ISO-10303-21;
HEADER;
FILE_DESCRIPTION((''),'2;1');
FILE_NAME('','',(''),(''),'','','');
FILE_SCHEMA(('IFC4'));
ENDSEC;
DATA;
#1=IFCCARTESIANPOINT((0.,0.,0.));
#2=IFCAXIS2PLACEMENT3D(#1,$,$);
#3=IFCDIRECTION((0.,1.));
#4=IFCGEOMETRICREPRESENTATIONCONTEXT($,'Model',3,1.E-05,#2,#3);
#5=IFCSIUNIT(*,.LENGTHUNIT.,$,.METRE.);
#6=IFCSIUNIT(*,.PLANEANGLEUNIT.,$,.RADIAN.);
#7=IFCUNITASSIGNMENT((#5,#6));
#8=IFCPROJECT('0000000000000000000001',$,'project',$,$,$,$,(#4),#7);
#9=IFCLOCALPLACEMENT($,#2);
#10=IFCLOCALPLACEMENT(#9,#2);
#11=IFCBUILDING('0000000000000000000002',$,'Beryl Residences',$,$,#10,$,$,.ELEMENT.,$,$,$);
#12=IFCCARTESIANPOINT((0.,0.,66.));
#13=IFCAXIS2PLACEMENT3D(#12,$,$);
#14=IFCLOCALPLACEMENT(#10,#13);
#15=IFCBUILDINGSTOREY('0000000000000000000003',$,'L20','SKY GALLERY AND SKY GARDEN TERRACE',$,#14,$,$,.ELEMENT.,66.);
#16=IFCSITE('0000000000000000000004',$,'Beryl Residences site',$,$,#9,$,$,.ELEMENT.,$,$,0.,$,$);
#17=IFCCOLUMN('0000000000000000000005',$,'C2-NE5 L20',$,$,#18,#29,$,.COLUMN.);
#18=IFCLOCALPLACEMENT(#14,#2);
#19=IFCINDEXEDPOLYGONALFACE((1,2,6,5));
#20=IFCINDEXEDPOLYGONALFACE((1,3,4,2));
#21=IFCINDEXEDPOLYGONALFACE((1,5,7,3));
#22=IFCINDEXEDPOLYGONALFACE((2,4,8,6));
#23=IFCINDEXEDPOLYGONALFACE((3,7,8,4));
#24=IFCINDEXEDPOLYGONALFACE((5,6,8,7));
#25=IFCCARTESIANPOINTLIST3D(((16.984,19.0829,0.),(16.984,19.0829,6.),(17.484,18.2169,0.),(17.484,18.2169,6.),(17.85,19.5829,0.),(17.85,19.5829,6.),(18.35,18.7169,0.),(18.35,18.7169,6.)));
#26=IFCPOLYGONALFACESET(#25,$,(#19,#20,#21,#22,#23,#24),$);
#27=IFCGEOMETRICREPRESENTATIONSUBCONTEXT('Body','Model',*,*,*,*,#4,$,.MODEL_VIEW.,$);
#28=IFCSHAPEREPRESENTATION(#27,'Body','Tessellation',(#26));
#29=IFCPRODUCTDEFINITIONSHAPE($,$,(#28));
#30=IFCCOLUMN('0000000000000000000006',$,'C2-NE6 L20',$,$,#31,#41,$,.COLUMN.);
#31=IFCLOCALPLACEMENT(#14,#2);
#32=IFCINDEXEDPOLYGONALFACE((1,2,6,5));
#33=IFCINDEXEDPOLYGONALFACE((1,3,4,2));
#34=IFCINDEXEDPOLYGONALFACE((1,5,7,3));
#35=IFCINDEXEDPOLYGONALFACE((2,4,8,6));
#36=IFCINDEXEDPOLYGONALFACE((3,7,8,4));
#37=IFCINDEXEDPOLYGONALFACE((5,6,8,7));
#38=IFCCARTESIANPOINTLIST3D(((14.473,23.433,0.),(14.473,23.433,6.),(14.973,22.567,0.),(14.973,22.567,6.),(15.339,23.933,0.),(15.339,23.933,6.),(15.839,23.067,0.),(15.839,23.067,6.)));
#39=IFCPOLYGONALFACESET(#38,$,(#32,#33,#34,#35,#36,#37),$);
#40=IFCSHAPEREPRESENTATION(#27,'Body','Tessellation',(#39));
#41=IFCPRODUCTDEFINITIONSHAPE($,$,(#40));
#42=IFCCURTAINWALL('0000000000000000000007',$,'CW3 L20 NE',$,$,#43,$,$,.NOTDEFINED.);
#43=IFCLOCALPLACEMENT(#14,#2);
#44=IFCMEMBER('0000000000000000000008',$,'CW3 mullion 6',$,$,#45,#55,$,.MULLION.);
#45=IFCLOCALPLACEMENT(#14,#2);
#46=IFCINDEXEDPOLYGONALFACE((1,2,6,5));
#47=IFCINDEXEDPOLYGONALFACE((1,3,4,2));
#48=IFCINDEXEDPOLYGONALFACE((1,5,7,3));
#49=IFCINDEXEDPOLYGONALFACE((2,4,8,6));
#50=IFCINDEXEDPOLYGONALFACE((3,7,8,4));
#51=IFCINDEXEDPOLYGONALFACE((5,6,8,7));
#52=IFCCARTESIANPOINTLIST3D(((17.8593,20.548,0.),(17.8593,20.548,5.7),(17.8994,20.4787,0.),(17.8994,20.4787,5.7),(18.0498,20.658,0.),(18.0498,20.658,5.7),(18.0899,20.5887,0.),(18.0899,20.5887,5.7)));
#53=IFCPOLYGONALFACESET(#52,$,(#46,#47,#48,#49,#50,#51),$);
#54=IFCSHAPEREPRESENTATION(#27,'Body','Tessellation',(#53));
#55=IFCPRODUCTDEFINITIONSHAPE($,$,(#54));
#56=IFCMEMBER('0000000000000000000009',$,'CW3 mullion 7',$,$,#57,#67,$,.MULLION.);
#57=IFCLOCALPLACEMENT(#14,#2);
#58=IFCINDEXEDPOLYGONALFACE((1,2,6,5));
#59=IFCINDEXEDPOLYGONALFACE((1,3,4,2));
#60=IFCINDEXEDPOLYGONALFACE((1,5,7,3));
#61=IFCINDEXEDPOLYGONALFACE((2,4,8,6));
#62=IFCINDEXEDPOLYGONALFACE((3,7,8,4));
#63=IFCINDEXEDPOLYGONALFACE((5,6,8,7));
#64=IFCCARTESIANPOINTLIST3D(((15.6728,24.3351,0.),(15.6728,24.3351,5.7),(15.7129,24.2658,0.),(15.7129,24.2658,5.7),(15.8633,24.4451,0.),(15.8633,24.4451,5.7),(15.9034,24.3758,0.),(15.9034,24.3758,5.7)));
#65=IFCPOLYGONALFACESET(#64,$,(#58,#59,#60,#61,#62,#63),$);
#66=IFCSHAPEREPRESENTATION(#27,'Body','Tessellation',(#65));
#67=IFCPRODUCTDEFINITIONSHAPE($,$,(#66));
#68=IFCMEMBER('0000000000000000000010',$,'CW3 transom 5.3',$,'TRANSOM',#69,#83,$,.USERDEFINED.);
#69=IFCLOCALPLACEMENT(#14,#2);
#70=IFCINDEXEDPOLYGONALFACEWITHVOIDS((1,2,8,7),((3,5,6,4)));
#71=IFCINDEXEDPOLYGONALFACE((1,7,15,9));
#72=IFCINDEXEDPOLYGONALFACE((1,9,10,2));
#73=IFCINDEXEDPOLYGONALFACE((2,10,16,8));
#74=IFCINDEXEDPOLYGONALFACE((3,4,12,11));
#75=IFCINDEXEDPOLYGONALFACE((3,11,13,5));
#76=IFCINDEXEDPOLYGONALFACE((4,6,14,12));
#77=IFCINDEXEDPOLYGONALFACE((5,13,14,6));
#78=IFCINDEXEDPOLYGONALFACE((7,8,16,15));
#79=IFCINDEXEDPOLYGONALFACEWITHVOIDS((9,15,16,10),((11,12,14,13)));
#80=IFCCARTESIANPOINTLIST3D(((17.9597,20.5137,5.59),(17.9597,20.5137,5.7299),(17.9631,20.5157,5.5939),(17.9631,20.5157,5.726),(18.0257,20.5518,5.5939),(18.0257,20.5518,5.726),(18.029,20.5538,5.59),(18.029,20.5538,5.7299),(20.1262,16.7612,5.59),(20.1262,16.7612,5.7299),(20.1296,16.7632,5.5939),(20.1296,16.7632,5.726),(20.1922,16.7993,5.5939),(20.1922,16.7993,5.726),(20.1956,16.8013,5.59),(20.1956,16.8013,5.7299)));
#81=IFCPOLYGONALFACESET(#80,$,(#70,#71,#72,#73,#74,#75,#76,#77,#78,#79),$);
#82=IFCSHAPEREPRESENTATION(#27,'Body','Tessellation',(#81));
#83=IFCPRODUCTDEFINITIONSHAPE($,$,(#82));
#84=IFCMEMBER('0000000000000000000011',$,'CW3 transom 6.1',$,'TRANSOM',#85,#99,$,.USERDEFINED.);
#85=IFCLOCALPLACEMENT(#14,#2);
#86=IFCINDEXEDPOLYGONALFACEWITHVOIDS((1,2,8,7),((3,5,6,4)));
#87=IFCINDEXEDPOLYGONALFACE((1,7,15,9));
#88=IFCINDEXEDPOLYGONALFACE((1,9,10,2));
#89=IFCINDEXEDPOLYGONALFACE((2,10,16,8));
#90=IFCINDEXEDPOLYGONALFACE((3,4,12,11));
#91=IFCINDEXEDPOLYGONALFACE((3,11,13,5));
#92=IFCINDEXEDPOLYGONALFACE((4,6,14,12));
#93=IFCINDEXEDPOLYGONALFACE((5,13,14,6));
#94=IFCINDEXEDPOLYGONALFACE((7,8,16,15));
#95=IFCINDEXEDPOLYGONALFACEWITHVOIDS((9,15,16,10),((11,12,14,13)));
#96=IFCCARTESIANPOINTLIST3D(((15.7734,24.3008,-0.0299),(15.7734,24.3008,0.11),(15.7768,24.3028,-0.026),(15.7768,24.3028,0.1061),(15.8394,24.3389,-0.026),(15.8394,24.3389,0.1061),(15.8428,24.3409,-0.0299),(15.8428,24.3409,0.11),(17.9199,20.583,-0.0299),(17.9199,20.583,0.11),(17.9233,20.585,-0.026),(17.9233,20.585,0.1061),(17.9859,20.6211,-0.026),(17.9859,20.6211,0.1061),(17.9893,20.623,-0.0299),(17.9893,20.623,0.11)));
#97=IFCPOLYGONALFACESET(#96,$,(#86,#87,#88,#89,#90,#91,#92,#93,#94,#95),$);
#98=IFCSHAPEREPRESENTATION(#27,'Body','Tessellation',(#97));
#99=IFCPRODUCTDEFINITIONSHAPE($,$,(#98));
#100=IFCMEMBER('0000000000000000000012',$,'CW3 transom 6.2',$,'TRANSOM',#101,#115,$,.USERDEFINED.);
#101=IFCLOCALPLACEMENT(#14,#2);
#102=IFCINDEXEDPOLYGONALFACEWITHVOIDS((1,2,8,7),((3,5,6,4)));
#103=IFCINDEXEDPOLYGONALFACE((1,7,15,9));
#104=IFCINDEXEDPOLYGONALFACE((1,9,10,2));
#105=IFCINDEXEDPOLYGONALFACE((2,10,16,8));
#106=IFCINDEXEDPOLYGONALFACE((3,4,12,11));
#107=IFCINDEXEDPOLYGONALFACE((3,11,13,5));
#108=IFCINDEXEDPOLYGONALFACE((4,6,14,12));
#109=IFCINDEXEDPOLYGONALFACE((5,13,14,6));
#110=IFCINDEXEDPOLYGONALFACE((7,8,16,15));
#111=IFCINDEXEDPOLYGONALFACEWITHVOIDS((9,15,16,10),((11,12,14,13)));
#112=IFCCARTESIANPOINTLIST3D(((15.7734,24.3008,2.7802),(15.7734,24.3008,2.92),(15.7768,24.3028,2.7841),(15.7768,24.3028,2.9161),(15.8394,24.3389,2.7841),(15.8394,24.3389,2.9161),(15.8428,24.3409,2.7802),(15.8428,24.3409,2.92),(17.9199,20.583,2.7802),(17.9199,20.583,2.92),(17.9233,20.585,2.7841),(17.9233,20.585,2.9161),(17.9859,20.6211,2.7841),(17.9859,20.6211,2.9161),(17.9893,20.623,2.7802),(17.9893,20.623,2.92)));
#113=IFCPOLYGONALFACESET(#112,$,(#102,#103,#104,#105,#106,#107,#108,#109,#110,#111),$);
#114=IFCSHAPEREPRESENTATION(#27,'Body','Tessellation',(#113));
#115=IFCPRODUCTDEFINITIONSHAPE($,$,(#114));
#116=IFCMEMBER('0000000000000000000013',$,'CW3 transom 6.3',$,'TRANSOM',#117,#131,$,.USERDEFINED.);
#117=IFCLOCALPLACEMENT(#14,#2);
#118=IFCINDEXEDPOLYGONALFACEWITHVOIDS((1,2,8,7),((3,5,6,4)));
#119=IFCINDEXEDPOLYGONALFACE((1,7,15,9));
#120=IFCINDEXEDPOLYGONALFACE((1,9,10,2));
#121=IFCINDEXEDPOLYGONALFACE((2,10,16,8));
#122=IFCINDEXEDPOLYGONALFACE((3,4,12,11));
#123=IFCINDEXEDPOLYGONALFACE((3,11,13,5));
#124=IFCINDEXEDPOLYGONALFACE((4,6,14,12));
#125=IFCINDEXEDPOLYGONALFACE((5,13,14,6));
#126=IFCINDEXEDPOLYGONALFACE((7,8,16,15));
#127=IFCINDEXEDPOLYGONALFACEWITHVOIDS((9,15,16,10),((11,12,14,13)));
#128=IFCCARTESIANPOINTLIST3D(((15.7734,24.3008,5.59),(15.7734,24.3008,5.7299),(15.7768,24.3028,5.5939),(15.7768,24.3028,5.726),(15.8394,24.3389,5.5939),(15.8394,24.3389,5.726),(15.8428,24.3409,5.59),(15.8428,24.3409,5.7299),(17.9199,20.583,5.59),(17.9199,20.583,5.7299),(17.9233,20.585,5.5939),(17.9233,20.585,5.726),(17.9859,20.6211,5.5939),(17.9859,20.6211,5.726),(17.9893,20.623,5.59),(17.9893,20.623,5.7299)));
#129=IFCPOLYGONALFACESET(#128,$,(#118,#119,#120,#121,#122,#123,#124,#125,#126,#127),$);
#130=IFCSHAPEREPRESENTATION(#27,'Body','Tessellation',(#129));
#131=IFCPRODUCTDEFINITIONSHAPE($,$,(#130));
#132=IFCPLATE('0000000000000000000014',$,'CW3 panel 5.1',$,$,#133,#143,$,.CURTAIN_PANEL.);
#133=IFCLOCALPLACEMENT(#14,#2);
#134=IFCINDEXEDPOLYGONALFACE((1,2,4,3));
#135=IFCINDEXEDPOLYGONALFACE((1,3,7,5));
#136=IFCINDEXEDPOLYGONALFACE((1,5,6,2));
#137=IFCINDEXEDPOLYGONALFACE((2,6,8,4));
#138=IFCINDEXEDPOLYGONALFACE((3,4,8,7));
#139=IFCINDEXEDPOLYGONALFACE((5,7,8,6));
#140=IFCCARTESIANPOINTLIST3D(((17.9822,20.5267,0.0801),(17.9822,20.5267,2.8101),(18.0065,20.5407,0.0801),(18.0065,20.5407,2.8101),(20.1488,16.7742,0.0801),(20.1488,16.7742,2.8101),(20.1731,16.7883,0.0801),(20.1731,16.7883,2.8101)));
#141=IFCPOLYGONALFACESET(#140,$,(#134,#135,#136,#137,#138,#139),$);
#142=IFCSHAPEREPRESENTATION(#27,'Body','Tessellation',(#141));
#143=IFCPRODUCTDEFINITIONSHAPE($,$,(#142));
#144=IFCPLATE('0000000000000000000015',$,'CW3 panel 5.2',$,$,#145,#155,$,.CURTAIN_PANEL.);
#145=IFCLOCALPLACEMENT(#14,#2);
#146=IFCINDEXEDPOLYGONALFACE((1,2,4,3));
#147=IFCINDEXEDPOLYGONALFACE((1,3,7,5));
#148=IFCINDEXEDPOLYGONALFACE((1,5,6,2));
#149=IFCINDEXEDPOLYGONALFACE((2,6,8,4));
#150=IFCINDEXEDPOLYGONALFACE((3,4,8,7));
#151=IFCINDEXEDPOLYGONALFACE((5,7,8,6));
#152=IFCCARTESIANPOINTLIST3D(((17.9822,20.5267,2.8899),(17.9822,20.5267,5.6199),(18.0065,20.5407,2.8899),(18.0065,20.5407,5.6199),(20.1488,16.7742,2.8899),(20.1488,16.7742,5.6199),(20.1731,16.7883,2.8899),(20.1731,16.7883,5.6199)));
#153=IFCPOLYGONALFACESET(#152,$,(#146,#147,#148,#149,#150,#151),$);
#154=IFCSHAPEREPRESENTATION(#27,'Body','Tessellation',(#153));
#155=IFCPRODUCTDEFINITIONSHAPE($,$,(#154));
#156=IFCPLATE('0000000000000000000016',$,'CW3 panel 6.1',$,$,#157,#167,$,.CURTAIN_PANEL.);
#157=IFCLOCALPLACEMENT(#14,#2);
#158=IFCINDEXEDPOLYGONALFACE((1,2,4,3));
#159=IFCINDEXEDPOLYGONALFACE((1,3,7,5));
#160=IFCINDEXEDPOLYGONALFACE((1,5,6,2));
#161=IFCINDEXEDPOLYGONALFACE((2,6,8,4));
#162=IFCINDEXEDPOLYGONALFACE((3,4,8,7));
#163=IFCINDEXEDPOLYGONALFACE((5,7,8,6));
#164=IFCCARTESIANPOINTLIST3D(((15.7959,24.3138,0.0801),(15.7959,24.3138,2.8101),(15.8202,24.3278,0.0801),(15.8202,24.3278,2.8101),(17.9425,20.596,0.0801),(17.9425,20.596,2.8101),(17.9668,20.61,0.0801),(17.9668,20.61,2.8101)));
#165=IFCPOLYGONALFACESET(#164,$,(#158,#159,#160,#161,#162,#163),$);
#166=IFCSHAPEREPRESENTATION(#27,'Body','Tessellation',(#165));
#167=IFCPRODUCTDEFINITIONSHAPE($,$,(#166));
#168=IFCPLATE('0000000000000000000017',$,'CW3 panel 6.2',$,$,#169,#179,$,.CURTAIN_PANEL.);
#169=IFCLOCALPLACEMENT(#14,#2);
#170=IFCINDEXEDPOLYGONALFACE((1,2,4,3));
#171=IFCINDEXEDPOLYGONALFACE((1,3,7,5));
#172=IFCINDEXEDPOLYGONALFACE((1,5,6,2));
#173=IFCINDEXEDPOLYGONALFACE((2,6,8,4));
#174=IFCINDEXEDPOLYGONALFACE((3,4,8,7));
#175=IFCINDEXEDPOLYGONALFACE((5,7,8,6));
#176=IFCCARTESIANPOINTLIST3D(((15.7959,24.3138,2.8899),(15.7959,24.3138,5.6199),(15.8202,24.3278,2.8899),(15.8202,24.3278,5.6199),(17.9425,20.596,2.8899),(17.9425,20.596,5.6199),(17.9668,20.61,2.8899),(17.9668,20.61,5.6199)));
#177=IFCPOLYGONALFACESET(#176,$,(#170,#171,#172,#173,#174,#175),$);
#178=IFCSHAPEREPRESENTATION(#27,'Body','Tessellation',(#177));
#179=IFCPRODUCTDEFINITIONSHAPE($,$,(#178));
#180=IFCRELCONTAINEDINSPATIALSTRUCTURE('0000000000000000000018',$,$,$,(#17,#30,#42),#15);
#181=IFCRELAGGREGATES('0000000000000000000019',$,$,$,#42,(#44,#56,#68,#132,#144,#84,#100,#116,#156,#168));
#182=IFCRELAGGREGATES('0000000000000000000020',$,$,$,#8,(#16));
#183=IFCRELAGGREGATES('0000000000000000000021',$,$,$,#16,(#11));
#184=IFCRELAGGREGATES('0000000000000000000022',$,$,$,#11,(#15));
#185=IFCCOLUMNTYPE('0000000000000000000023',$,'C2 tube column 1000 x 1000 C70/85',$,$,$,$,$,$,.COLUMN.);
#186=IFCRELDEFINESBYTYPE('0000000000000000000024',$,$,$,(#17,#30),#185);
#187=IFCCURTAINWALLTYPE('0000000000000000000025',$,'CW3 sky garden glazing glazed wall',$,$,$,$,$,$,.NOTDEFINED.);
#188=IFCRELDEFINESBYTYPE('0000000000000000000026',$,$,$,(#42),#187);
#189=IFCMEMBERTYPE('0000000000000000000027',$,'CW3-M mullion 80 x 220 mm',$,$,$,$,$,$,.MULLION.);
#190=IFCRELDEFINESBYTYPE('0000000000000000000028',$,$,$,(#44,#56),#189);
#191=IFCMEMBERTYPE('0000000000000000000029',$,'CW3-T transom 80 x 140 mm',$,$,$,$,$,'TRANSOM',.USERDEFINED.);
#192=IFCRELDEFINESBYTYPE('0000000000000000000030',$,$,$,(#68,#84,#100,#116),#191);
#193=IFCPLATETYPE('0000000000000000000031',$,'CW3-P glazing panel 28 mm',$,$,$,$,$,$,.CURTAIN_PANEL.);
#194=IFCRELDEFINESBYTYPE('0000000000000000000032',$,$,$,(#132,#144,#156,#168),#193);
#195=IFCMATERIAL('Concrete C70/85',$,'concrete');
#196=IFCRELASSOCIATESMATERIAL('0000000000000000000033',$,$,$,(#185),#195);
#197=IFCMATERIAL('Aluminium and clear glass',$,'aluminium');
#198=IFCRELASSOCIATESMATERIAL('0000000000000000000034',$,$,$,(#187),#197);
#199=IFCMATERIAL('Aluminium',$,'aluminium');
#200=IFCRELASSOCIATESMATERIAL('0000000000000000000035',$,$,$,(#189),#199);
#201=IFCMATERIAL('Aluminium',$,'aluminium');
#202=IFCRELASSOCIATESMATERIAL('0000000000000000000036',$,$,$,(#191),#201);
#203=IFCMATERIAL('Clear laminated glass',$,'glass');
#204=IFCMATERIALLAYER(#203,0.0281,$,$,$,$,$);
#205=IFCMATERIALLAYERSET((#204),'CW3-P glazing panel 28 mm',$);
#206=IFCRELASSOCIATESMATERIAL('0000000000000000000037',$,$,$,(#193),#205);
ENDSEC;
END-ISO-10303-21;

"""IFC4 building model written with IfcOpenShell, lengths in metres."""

from ifc_helpers import new_model, si_unit, direction, frame, origin, origin_2d, place, context, subcontext, project, spatial, rectangle, hollow_rectangle, extrude, material, layer, layer_set, material_profile, profile_set, type_object, element, aggregate, save


model = new_model("IFC4")

# Units and contexts
model_context = context("Model", 3, precision=1e-05, world=origin(), true_north=direction((0.0, 1.0)))
body_context = subcontext(model_context, "Body", "Model", "MODEL_VIEW")
ifc_project = project(units=[si_unit("LENGTHUNIT", "METRE"), si_unit("PLANEANGLEUNIT", "RADIAN")], contexts=[model_context])

# Site, building, storey
site_placement = place(None, origin())
site = spatial("IfcSite", under=ifc_project, at=site_placement, Name="Beryl Residences site", CompositionType="ELEMENT", RefElevation=0.0)
building_placement = place(site_placement, origin())
building = spatial("IfcBuilding", under=site, at=building_placement, Name="Beryl Residences", CompositionType="ELEMENT")
storey_placement = place(building_placement, frame((0.0, 0.0, 66.0)))
storey = spatial("IfcBuildingStorey", under=building, at=storey_placement, Name="L20", Description="SKY GALLERY AND SKY GARDEN TERRACE", CompositionType="ELEMENT", Elevation=66.0)

# Columns
ifc_material_1 = material(Name="Concrete C70/85", Category="concrete")
ifc_material_profile_1 = material_profile(ifc_material_1, rectangle(XDim=1.0, YDim=1.0, at=origin_2d()))
ifc_profile_set_1 = profile_set([ifc_material_profile_1], Name="Concrete C70/85")
column_type = type_object("IfcColumnType", Name="C2 tube column 1000 x 1000 C70/85", PredefinedType="COLUMN", material=ifc_profile_set_1)
for number, where, z_axis, x_axis, name in (
    (1, (17.667, 18.8999, 0.0), (0.0, 0.0, 1.0), (-0.5, 0.866025, 0.0), "C2-NE5 L20"),
    (2, (15.156, 23.25, 0.0), (0.0, 0.0, 1.0), (-0.5, 0.866025, 0.0), "C2-NE6 L20"),
):
    element("IfcColumn", number, at=place(storey_placement, frame(where, z_axis=z_axis, x_axis=x_axis)), inside=storey, type_object=column_type, Name=name, PredefinedType="COLUMN", context=body_context, shape_type="SweptSolid", body=[
        extrude(rectangle(XDim=1.0, YDim=1.0, at=origin_2d()), origin(), (0.0, 0.0, 1.0), 6.0),
    ])

# Curtain wall, members, plates
ifc_material_2 = material(Name="Aluminium and clear glass", Category="aluminium")
curtain_wall_type = type_object("IfcCurtainWallType", Name="CW3 sky garden glazing glazed wall", PredefinedType="NOTDEFINED", material=ifc_material_2)
curtain_wall_placement = place(storey_placement, origin())
curtain_wall = element("IfcCurtainWall", 3, at=curtain_wall_placement, inside=storey, type_object=curtain_wall_type, Name="CW3 L20 NE", PredefinedType="NOTDEFINED")
ifc_material_3 = material(Name="Aluminium", Category="aluminium")
ifc_material_profile_2 = material_profile(ifc_material_3, rectangle(XDim=0.0801, YDim=0.22, at=origin_2d()))
ifc_profile_set_2 = profile_set([ifc_material_profile_2], Name="Aluminium")
member_type_1 = type_object("IfcMemberType", Name="CW3-M mullion 80 x 220 mm", PredefinedType="MULLION", material=ifc_profile_set_2)
member_1_placement = place(storey_placement, frame((17.9746, 20.5684, 0.0), z_axis=(0.0, 0.0, 1.0), x_axis=(-0.50001, 0.86602, 0.0)))
member_1 = element("IfcMember", 4, at=member_1_placement, type_object=member_type_1, Name="CW3 mullion 6", PredefinedType="MULLION", context=body_context, shape_type="SweptSolid", body=[
    extrude(rectangle(XDim=0.0801, YDim=0.22, at=origin_2d()), origin(), (0.0, 0.0, 1.0), 5.7),
])
member_2_placement = place(storey_placement, frame((15.7881, 24.3555, 0.0), z_axis=(0.0, 0.0, 1.0), x_axis=(-0.50001, 0.86602, 0.0)))
member_2 = element("IfcMember", 5, at=member_2_placement, type_object=member_type_1, Name="CW3 mullion 7", PredefinedType="MULLION", context=body_context, shape_type="SweptSolid", body=[
    extrude(rectangle(XDim=0.0801, YDim=0.22, at=origin_2d()), origin(), (0.0, 0.0, 1.0), 5.7),
])
ifc_material_4 = material(Name="Aluminium", Category="aluminium")
ifc_material_profile_3 = material_profile(ifc_material_4, hollow_rectangle(XDim=0.0801, YDim=0.1399, WallThickness=0.0039, at=origin_2d()))
ifc_profile_set_3 = profile_set([ifc_material_profile_3], Name="Aluminium")
member_type_2 = type_object("IfcMemberType", Name="CW3-T transom 80 x 140 mm", ElementType="TRANSOM", PredefinedType="USERDEFINED", material=ifc_profile_set_3)
member_3_placement = place(storey_placement, frame((20.1609, 16.7812, 5.6599), z_axis=(-0.500005, 0.866022, 0.0), x_axis=(-0.866022, -0.500005, 0.0)))
member_3 = element("IfcMember", 6, at=member_3_placement, type_object=member_type_2, Name="CW3 transom 5.3", ObjectType="TRANSOM", PredefinedType="USERDEFINED", context=body_context, shape_type="SweptSolid", body=[
    extrude(hollow_rectangle(XDim=0.0801, YDim=0.1399, WallThickness=0.0039, at=origin_2d()), origin(), (0.0, 0.0, 1.0), 4.333),
])
member_4_placement = place(storey_placement, frame((17.9546, 20.603, 0.04), z_axis=(-0.500005, 0.866023, 0.0), x_axis=(-0.866023, -0.500005, 0.0)))
member_4 = element("IfcMember", 7, at=member_4_placement, type_object=member_type_2, Name="CW3 transom 6.1", ObjectType="TRANSOM", PredefinedType="USERDEFINED", context=body_context, shape_type="SweptSolid", body=[
    extrude(hollow_rectangle(XDim=0.0801, YDim=0.1399, WallThickness=0.0039, at=origin_2d()), origin(), (0.0, 0.0, 1.0), 4.293),
])
member_5_placement = place(storey_placement, frame((17.9546, 20.603, 2.8501), z_axis=(-0.500005, 0.866023, 0.0), x_axis=(-0.866023, -0.500005, 0.0)))
member_5 = element("IfcMember", 8, at=member_5_placement, type_object=member_type_2, Name="CW3 transom 6.2", ObjectType="TRANSOM", PredefinedType="USERDEFINED", context=body_context, shape_type="SweptSolid", body=[
    extrude(hollow_rectangle(XDim=0.0801, YDim=0.1399, WallThickness=0.0039, at=origin_2d()), origin(), (0.0, 0.0, 1.0), 4.293),
])
member_6_placement = place(storey_placement, frame((17.9546, 20.603, 5.6599), z_axis=(-0.500005, 0.866023, 0.0), x_axis=(-0.866023, -0.500005, 0.0)))
member_6 = element("IfcMember", 9, at=member_6_placement, type_object=member_type_2, Name="CW3 transom 6.3", ObjectType="TRANSOM", PredefinedType="USERDEFINED", context=body_context, shape_type="SweptSolid", body=[
    extrude(hollow_rectangle(XDim=0.0801, YDim=0.1399, WallThickness=0.0039, at=origin_2d()), origin(), (0.0, 0.0, 1.0), 4.293),
])
ifc_material_5 = material(Name="Clear laminated glass", Category="glass")
ifc_layer_1 = layer(ifc_material_5, 0.0281)
ifc_layer_set_1 = layer_set([ifc_layer_1], Name="CW3-P glazing panel 28 mm")
plate_type = type_object("IfcPlateType", Name="CW3-P glazing panel 28 mm", PredefinedType="CURTAIN_PANEL", material=ifc_layer_set_1)
plate_1_placement = place(storey_placement, frame((19.0776, 18.6575, 0.0801), z_axis=(0.0, 0.0, 1.0), x_axis=(-0.50001, 0.86602, 0.0)))
plate_1 = element("IfcPlate", 10, at=plate_1_placement, type_object=plate_type, Name="CW3 panel 5.1", PredefinedType="CURTAIN_PANEL", context=body_context, shape_type="SweptSolid", body=[
    extrude(rectangle(XDim=4.333, YDim=0.0281, at=origin_2d()), origin(), (0.0, 0.0, 1.0), 2.73),
])
plate_2_placement = place(storey_placement, frame((19.0776, 18.6575, 2.8899), z_axis=(0.0, 0.0, 1.0), x_axis=(-0.50001, 0.86602, 0.0)))
plate_2 = element("IfcPlate", 11, at=plate_2_placement, type_object=plate_type, Name="CW3 panel 5.2", PredefinedType="CURTAIN_PANEL", context=body_context, shape_type="SweptSolid", body=[
    extrude(rectangle(XDim=4.333, YDim=0.0281, at=origin_2d()), origin(), (0.0, 0.0, 1.0), 2.73),
])
plate_3_placement = place(storey_placement, frame((16.8813, 22.4619, 0.0801), z_axis=(0.0, 0.0, 1.0), x_axis=(-0.50001, 0.86602, 0.0)))
plate_3 = element("IfcPlate", 12, at=plate_3_placement, type_object=plate_type, Name="CW3 panel 6.1", PredefinedType="CURTAIN_PANEL", context=body_context, shape_type="SweptSolid", body=[
    extrude(rectangle(XDim=4.293, YDim=0.0281, at=origin_2d()), origin(), (0.0, 0.0, 1.0), 2.73),
])
plate_4_placement = place(storey_placement, frame((16.8813, 22.4619, 2.8899), z_axis=(0.0, 0.0, 1.0), x_axis=(-0.50001, 0.86602, 0.0)))
plate_4 = element("IfcPlate", 13, at=plate_4_placement, type_object=plate_type, Name="CW3 panel 6.2", PredefinedType="CURTAIN_PANEL", context=body_context, shape_type="SweptSolid", body=[
    extrude(rectangle(XDim=4.293, YDim=0.0281, at=origin_2d()), origin(), (0.0, 0.0, 1.0), 2.73),
])
aggregate(curtain_wall, [member_1, member_2, member_3, plate_1, plate_2, member_4, member_5, member_6, plate_3, plate_4])

save(model, "model.ifc")
